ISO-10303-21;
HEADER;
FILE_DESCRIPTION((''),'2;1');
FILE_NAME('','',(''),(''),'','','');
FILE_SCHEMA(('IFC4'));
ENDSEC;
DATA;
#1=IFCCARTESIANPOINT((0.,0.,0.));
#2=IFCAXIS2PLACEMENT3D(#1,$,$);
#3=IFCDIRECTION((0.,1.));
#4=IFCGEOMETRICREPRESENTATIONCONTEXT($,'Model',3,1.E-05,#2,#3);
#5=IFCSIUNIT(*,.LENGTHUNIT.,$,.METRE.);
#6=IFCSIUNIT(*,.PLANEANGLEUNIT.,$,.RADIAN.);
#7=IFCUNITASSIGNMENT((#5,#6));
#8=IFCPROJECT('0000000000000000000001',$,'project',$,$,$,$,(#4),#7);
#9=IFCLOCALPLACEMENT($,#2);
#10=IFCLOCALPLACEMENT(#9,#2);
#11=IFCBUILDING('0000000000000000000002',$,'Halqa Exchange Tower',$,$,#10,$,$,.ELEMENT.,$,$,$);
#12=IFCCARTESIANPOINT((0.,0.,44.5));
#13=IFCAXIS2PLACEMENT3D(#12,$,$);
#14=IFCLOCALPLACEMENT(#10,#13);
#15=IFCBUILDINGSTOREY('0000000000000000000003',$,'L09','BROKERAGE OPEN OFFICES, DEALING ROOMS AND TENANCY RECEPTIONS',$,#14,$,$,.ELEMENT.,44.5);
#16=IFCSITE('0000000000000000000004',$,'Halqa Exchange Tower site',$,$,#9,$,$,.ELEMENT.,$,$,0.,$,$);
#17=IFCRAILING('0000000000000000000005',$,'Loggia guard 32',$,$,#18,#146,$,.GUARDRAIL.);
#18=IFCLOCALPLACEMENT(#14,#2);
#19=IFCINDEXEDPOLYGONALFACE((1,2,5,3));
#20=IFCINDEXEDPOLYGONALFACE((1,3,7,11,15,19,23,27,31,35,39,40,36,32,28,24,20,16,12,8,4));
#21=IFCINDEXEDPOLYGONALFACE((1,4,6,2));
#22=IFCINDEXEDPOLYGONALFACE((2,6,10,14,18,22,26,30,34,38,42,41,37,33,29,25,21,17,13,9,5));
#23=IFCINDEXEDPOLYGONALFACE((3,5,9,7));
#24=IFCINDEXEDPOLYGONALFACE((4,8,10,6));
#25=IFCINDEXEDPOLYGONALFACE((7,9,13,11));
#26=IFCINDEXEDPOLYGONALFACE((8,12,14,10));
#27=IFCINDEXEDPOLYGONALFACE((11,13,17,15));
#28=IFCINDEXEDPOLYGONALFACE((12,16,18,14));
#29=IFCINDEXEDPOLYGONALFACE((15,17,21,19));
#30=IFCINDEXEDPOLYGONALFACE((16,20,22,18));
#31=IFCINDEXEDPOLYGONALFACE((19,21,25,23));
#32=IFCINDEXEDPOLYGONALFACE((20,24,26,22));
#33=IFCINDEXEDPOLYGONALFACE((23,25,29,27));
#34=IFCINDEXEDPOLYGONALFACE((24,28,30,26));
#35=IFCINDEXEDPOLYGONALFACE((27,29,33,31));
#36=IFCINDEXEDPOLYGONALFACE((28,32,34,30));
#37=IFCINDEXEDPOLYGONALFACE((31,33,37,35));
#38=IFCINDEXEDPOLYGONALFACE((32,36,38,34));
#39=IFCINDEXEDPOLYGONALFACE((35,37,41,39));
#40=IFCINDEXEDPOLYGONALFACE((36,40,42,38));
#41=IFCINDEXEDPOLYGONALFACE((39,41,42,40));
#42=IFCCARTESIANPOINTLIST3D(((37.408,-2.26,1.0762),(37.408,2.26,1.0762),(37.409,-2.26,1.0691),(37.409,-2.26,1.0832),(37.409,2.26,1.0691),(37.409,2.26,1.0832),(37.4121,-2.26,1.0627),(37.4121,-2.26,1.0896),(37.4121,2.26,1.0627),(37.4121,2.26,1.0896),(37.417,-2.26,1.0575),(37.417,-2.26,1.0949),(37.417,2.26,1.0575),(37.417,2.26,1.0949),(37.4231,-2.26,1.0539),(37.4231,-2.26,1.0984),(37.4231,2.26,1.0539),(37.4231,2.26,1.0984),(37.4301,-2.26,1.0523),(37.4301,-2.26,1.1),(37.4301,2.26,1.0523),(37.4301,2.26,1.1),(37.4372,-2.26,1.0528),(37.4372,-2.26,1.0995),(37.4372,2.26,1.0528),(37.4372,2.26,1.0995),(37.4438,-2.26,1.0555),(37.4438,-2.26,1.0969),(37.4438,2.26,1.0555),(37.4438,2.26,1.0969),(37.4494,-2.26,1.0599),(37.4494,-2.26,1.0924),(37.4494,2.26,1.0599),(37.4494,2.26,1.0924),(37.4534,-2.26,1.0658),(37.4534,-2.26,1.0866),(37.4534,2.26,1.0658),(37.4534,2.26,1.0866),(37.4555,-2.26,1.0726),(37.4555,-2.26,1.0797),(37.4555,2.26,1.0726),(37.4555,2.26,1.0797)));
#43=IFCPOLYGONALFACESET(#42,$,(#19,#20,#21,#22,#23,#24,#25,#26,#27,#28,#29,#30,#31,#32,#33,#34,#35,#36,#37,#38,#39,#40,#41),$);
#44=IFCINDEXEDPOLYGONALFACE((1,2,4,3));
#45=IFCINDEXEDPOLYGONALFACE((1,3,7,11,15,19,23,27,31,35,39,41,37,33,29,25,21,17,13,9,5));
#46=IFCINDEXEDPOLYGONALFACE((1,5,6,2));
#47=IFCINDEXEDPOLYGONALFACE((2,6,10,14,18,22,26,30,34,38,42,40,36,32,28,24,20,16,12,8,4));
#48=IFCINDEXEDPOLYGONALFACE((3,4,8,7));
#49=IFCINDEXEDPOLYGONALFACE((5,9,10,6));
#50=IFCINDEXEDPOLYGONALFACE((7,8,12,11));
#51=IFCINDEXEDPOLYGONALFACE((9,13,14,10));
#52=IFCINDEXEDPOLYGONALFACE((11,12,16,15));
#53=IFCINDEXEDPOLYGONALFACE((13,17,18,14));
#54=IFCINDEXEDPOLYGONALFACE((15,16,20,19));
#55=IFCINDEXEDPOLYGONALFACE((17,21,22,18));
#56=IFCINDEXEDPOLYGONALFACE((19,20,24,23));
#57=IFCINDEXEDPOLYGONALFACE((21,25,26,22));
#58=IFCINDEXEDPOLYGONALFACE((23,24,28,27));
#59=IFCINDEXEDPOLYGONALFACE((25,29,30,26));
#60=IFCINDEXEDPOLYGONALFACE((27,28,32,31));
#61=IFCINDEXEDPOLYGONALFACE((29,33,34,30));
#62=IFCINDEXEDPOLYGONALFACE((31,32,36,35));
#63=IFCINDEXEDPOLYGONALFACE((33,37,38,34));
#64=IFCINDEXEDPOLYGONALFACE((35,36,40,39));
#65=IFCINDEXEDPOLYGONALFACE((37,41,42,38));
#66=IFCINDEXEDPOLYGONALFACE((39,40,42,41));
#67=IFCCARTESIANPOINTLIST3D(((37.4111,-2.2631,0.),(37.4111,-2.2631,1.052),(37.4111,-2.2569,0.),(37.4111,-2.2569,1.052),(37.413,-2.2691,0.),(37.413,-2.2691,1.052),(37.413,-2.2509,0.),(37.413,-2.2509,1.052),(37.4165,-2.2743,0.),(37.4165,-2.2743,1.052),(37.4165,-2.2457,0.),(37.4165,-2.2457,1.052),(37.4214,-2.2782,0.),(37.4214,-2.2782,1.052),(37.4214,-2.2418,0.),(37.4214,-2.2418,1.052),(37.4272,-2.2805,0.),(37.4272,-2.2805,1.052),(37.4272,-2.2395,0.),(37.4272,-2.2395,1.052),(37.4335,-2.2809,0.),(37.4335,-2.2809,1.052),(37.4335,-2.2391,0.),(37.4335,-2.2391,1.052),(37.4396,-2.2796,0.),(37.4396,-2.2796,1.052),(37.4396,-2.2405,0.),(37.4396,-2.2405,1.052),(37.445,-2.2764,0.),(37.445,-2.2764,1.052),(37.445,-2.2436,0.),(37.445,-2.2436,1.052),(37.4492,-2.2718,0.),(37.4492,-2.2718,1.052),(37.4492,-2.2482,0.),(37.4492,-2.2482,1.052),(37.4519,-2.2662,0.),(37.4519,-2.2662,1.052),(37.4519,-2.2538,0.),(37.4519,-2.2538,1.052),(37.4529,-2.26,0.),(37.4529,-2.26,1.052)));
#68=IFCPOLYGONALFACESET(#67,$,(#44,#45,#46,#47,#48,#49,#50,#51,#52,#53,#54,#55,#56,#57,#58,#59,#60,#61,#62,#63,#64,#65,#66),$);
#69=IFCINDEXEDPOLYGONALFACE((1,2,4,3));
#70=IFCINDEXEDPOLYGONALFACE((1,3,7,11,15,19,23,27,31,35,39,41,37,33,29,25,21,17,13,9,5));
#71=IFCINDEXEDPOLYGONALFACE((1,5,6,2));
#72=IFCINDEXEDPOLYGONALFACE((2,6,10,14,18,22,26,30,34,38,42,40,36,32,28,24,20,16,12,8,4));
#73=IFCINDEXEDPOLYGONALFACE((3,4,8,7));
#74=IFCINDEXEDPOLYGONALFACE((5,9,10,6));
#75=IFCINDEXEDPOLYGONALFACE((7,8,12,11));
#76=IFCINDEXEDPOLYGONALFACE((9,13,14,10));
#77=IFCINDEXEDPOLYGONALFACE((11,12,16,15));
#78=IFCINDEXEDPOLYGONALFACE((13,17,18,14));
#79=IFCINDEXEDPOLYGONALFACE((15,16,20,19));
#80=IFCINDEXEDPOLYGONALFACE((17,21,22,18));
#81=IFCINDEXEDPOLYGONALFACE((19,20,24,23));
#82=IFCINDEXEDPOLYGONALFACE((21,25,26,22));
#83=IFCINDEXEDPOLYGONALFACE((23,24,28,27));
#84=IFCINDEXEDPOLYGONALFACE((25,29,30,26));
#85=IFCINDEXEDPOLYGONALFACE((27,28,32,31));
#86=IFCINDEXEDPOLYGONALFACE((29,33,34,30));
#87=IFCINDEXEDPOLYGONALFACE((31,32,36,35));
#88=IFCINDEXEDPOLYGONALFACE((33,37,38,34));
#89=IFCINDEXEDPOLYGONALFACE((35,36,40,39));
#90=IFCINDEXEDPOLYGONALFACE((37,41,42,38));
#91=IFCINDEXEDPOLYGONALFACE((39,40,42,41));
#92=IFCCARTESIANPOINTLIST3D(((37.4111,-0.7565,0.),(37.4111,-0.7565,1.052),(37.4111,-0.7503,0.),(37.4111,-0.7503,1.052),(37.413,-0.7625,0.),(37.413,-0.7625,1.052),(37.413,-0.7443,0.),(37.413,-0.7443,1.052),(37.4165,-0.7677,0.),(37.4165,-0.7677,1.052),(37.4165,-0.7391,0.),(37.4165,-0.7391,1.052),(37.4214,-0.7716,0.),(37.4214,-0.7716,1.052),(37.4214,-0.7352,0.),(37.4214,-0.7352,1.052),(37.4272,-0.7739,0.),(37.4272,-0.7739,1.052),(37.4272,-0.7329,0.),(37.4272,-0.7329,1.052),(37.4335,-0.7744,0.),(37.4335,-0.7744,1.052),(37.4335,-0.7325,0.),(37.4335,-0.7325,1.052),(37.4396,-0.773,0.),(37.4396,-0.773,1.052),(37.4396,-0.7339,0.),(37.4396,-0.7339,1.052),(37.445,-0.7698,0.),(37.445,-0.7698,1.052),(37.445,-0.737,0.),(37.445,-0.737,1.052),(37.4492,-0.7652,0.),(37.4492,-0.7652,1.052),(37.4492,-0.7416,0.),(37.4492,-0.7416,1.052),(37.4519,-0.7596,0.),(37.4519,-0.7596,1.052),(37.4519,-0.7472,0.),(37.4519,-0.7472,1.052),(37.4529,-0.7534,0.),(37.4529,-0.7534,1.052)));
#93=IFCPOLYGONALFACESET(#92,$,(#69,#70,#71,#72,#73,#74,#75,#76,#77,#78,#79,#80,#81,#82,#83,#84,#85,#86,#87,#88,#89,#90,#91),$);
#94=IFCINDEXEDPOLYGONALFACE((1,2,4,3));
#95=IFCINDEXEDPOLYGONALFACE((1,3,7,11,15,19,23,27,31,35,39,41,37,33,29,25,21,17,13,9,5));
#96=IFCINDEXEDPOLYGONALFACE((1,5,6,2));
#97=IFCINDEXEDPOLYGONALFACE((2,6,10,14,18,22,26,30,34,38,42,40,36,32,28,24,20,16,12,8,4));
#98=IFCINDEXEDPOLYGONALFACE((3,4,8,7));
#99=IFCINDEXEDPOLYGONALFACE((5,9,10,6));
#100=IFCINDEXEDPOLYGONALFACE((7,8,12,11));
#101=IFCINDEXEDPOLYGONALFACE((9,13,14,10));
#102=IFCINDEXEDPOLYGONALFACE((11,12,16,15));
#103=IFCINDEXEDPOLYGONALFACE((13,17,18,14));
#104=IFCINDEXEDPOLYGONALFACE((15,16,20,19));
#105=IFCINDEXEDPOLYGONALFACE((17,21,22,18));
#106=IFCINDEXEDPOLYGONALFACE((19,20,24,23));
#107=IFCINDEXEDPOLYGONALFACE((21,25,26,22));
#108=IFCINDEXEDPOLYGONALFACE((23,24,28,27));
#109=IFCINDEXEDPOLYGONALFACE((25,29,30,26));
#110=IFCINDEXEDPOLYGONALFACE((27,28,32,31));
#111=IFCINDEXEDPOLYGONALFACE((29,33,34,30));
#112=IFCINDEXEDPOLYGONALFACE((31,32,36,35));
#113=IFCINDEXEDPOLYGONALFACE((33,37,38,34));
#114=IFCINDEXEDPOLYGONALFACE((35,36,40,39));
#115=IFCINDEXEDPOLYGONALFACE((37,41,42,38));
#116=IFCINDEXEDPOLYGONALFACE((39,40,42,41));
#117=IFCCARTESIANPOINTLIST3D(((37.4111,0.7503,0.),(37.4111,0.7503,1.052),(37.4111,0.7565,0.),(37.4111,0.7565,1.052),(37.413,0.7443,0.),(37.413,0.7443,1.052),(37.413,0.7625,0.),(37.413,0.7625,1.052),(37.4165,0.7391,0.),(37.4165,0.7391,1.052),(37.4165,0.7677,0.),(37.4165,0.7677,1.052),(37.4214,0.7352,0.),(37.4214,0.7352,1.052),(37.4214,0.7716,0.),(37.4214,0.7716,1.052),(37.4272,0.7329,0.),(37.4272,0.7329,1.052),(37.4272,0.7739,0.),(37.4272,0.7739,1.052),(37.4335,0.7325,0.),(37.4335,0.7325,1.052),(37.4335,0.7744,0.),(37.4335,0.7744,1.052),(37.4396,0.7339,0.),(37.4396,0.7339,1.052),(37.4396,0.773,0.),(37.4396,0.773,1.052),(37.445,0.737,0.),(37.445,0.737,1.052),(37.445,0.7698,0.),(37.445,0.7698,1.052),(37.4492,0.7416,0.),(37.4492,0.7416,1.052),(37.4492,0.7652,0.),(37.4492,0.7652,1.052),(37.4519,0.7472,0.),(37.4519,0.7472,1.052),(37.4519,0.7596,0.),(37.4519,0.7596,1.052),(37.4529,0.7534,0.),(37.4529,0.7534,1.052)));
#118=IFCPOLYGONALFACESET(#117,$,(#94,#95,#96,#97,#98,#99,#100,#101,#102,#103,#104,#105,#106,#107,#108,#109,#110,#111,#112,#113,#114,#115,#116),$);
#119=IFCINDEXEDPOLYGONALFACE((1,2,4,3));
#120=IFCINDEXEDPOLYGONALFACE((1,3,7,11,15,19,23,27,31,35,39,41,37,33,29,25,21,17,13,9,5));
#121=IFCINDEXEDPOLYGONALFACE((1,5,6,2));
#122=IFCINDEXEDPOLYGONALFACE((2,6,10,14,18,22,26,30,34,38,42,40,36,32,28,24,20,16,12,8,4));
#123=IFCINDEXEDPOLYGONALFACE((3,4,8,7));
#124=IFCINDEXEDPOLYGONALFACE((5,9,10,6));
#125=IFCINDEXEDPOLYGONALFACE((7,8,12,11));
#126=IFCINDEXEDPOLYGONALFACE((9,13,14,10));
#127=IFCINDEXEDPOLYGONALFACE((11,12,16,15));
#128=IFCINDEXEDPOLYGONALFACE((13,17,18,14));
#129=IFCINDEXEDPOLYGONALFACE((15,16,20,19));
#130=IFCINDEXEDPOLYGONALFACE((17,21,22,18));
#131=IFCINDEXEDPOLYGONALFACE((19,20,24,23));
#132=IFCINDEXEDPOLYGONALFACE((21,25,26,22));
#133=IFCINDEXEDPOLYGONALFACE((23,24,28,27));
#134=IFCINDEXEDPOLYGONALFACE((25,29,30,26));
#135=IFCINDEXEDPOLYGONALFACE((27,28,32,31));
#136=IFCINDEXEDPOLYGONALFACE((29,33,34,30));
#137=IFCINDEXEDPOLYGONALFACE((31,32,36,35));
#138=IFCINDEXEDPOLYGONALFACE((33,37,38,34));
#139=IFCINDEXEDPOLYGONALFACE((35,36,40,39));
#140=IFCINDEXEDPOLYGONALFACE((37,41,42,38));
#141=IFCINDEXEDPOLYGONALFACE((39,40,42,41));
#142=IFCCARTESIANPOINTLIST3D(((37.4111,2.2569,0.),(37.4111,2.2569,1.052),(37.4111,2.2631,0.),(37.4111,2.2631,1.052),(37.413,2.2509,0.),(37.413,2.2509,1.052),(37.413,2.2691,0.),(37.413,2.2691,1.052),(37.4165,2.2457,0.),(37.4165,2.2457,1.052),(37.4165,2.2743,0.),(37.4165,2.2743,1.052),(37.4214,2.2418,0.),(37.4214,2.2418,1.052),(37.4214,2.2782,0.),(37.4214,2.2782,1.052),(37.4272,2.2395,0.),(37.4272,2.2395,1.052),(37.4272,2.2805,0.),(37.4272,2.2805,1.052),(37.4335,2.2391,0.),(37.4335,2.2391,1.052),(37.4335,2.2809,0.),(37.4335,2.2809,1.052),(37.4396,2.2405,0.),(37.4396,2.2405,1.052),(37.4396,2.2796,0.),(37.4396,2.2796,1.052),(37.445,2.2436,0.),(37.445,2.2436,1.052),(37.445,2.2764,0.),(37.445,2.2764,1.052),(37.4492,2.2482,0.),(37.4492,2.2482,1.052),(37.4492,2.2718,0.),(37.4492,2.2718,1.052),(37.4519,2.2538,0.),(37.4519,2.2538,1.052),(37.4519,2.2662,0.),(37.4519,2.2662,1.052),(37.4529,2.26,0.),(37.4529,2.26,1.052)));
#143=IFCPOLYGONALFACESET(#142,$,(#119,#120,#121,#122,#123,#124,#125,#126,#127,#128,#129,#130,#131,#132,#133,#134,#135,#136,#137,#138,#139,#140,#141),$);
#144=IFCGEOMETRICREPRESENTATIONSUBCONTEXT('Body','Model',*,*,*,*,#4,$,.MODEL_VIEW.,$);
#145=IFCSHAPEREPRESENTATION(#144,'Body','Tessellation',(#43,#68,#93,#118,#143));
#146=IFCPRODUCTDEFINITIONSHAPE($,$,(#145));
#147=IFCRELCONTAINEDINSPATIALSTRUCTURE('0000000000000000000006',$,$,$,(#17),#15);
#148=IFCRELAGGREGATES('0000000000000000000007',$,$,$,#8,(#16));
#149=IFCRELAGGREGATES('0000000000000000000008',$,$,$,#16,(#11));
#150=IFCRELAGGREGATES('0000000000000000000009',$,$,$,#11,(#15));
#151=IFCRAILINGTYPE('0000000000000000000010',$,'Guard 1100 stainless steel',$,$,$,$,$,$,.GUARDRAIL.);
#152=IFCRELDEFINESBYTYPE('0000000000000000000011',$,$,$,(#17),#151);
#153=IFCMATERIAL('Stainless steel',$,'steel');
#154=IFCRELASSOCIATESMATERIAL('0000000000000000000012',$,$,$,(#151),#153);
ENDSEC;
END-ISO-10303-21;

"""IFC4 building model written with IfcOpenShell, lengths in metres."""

from ifc_helpers import new_model, si_unit, direction, frame, origin, origin_2d, place, context, subcontext, project, spatial, circle, extrude, material, type_object, element, save


model = new_model("IFC4")

# Units and contexts
model_context = context("Model", 3, precision=1e-05, world=origin(), true_north=direction((0.0, 1.0)))
body_context = subcontext(model_context, "Body", "Model", "MODEL_VIEW")
ifc_project = project(units=[si_unit("LENGTHUNIT", "METRE"), si_unit("PLANEANGLEUNIT", "RADIAN")], contexts=[model_context])

# Site, building, storey
site_placement = place(None, origin())
site = spatial("IfcSite", under=ifc_project, at=site_placement, Name="Halqa Exchange Tower site", CompositionType="ELEMENT", RefElevation=0.0)
building_placement = place(site_placement, origin())
building = spatial("IfcBuilding", under=site, at=building_placement, Name="Halqa Exchange Tower", CompositionType="ELEMENT")
storey_placement = place(building_placement, frame((0.0, 0.0, 44.5)))
storey = spatial("IfcBuildingStorey", under=building, at=storey_placement, Name="L09", Description="BROKERAGE OPEN OFFICES, DEALING ROOMS AND TENANCY RECEPTIONS", CompositionType="ELEMENT", Elevation=44.5)

# Railing
ifc_material_1 = material(Name="Stainless steel", Category="steel")
railing_type = type_object("IfcRailingType", Name="Guard 1100 stainless steel", PredefinedType="GUARDRAIL", material=ifc_material_1)
railing_1_placement = place(storey_placement, frame((37.4319, -2.26, 0.0)))
element("IfcRailing", 1, at=railing_1_placement, inside=storey, type_object=railing_type, Name="Loggia guard 32", PredefinedType="GUARDRAIL", context=body_context, shape_type="SweptSolid", body=[
    extrude(circle(Radius=0.0239, at=origin_2d()), frame((0.0, 0.0, 1.0762), z_axis=(0.0, 1.0, 0.0), x_axis=(-1.0, 0.0, 0.0)), (0.0, 0.0, 1.0), 4.52),
    extrude(circle(Radius=0.021, at=origin_2d()), origin(), (0.0, 0.0, 1.0), 1.052),
    extrude(circle(Radius=0.021, at=origin_2d()), frame((0.0, 1.5066, 0.0)), (0.0, 0.0, 1.0), 1.052),
    extrude(circle(Radius=0.021, at=origin_2d()), frame((0.0, 3.0134, 0.0)), (0.0, 0.0, 1.0), 1.052),
    extrude(circle(Radius=0.021, at=origin_2d()), frame((0.0, 4.52, 0.0)), (0.0, 0.0, 1.0), 1.052),
])

save(model, "model.ifc")
